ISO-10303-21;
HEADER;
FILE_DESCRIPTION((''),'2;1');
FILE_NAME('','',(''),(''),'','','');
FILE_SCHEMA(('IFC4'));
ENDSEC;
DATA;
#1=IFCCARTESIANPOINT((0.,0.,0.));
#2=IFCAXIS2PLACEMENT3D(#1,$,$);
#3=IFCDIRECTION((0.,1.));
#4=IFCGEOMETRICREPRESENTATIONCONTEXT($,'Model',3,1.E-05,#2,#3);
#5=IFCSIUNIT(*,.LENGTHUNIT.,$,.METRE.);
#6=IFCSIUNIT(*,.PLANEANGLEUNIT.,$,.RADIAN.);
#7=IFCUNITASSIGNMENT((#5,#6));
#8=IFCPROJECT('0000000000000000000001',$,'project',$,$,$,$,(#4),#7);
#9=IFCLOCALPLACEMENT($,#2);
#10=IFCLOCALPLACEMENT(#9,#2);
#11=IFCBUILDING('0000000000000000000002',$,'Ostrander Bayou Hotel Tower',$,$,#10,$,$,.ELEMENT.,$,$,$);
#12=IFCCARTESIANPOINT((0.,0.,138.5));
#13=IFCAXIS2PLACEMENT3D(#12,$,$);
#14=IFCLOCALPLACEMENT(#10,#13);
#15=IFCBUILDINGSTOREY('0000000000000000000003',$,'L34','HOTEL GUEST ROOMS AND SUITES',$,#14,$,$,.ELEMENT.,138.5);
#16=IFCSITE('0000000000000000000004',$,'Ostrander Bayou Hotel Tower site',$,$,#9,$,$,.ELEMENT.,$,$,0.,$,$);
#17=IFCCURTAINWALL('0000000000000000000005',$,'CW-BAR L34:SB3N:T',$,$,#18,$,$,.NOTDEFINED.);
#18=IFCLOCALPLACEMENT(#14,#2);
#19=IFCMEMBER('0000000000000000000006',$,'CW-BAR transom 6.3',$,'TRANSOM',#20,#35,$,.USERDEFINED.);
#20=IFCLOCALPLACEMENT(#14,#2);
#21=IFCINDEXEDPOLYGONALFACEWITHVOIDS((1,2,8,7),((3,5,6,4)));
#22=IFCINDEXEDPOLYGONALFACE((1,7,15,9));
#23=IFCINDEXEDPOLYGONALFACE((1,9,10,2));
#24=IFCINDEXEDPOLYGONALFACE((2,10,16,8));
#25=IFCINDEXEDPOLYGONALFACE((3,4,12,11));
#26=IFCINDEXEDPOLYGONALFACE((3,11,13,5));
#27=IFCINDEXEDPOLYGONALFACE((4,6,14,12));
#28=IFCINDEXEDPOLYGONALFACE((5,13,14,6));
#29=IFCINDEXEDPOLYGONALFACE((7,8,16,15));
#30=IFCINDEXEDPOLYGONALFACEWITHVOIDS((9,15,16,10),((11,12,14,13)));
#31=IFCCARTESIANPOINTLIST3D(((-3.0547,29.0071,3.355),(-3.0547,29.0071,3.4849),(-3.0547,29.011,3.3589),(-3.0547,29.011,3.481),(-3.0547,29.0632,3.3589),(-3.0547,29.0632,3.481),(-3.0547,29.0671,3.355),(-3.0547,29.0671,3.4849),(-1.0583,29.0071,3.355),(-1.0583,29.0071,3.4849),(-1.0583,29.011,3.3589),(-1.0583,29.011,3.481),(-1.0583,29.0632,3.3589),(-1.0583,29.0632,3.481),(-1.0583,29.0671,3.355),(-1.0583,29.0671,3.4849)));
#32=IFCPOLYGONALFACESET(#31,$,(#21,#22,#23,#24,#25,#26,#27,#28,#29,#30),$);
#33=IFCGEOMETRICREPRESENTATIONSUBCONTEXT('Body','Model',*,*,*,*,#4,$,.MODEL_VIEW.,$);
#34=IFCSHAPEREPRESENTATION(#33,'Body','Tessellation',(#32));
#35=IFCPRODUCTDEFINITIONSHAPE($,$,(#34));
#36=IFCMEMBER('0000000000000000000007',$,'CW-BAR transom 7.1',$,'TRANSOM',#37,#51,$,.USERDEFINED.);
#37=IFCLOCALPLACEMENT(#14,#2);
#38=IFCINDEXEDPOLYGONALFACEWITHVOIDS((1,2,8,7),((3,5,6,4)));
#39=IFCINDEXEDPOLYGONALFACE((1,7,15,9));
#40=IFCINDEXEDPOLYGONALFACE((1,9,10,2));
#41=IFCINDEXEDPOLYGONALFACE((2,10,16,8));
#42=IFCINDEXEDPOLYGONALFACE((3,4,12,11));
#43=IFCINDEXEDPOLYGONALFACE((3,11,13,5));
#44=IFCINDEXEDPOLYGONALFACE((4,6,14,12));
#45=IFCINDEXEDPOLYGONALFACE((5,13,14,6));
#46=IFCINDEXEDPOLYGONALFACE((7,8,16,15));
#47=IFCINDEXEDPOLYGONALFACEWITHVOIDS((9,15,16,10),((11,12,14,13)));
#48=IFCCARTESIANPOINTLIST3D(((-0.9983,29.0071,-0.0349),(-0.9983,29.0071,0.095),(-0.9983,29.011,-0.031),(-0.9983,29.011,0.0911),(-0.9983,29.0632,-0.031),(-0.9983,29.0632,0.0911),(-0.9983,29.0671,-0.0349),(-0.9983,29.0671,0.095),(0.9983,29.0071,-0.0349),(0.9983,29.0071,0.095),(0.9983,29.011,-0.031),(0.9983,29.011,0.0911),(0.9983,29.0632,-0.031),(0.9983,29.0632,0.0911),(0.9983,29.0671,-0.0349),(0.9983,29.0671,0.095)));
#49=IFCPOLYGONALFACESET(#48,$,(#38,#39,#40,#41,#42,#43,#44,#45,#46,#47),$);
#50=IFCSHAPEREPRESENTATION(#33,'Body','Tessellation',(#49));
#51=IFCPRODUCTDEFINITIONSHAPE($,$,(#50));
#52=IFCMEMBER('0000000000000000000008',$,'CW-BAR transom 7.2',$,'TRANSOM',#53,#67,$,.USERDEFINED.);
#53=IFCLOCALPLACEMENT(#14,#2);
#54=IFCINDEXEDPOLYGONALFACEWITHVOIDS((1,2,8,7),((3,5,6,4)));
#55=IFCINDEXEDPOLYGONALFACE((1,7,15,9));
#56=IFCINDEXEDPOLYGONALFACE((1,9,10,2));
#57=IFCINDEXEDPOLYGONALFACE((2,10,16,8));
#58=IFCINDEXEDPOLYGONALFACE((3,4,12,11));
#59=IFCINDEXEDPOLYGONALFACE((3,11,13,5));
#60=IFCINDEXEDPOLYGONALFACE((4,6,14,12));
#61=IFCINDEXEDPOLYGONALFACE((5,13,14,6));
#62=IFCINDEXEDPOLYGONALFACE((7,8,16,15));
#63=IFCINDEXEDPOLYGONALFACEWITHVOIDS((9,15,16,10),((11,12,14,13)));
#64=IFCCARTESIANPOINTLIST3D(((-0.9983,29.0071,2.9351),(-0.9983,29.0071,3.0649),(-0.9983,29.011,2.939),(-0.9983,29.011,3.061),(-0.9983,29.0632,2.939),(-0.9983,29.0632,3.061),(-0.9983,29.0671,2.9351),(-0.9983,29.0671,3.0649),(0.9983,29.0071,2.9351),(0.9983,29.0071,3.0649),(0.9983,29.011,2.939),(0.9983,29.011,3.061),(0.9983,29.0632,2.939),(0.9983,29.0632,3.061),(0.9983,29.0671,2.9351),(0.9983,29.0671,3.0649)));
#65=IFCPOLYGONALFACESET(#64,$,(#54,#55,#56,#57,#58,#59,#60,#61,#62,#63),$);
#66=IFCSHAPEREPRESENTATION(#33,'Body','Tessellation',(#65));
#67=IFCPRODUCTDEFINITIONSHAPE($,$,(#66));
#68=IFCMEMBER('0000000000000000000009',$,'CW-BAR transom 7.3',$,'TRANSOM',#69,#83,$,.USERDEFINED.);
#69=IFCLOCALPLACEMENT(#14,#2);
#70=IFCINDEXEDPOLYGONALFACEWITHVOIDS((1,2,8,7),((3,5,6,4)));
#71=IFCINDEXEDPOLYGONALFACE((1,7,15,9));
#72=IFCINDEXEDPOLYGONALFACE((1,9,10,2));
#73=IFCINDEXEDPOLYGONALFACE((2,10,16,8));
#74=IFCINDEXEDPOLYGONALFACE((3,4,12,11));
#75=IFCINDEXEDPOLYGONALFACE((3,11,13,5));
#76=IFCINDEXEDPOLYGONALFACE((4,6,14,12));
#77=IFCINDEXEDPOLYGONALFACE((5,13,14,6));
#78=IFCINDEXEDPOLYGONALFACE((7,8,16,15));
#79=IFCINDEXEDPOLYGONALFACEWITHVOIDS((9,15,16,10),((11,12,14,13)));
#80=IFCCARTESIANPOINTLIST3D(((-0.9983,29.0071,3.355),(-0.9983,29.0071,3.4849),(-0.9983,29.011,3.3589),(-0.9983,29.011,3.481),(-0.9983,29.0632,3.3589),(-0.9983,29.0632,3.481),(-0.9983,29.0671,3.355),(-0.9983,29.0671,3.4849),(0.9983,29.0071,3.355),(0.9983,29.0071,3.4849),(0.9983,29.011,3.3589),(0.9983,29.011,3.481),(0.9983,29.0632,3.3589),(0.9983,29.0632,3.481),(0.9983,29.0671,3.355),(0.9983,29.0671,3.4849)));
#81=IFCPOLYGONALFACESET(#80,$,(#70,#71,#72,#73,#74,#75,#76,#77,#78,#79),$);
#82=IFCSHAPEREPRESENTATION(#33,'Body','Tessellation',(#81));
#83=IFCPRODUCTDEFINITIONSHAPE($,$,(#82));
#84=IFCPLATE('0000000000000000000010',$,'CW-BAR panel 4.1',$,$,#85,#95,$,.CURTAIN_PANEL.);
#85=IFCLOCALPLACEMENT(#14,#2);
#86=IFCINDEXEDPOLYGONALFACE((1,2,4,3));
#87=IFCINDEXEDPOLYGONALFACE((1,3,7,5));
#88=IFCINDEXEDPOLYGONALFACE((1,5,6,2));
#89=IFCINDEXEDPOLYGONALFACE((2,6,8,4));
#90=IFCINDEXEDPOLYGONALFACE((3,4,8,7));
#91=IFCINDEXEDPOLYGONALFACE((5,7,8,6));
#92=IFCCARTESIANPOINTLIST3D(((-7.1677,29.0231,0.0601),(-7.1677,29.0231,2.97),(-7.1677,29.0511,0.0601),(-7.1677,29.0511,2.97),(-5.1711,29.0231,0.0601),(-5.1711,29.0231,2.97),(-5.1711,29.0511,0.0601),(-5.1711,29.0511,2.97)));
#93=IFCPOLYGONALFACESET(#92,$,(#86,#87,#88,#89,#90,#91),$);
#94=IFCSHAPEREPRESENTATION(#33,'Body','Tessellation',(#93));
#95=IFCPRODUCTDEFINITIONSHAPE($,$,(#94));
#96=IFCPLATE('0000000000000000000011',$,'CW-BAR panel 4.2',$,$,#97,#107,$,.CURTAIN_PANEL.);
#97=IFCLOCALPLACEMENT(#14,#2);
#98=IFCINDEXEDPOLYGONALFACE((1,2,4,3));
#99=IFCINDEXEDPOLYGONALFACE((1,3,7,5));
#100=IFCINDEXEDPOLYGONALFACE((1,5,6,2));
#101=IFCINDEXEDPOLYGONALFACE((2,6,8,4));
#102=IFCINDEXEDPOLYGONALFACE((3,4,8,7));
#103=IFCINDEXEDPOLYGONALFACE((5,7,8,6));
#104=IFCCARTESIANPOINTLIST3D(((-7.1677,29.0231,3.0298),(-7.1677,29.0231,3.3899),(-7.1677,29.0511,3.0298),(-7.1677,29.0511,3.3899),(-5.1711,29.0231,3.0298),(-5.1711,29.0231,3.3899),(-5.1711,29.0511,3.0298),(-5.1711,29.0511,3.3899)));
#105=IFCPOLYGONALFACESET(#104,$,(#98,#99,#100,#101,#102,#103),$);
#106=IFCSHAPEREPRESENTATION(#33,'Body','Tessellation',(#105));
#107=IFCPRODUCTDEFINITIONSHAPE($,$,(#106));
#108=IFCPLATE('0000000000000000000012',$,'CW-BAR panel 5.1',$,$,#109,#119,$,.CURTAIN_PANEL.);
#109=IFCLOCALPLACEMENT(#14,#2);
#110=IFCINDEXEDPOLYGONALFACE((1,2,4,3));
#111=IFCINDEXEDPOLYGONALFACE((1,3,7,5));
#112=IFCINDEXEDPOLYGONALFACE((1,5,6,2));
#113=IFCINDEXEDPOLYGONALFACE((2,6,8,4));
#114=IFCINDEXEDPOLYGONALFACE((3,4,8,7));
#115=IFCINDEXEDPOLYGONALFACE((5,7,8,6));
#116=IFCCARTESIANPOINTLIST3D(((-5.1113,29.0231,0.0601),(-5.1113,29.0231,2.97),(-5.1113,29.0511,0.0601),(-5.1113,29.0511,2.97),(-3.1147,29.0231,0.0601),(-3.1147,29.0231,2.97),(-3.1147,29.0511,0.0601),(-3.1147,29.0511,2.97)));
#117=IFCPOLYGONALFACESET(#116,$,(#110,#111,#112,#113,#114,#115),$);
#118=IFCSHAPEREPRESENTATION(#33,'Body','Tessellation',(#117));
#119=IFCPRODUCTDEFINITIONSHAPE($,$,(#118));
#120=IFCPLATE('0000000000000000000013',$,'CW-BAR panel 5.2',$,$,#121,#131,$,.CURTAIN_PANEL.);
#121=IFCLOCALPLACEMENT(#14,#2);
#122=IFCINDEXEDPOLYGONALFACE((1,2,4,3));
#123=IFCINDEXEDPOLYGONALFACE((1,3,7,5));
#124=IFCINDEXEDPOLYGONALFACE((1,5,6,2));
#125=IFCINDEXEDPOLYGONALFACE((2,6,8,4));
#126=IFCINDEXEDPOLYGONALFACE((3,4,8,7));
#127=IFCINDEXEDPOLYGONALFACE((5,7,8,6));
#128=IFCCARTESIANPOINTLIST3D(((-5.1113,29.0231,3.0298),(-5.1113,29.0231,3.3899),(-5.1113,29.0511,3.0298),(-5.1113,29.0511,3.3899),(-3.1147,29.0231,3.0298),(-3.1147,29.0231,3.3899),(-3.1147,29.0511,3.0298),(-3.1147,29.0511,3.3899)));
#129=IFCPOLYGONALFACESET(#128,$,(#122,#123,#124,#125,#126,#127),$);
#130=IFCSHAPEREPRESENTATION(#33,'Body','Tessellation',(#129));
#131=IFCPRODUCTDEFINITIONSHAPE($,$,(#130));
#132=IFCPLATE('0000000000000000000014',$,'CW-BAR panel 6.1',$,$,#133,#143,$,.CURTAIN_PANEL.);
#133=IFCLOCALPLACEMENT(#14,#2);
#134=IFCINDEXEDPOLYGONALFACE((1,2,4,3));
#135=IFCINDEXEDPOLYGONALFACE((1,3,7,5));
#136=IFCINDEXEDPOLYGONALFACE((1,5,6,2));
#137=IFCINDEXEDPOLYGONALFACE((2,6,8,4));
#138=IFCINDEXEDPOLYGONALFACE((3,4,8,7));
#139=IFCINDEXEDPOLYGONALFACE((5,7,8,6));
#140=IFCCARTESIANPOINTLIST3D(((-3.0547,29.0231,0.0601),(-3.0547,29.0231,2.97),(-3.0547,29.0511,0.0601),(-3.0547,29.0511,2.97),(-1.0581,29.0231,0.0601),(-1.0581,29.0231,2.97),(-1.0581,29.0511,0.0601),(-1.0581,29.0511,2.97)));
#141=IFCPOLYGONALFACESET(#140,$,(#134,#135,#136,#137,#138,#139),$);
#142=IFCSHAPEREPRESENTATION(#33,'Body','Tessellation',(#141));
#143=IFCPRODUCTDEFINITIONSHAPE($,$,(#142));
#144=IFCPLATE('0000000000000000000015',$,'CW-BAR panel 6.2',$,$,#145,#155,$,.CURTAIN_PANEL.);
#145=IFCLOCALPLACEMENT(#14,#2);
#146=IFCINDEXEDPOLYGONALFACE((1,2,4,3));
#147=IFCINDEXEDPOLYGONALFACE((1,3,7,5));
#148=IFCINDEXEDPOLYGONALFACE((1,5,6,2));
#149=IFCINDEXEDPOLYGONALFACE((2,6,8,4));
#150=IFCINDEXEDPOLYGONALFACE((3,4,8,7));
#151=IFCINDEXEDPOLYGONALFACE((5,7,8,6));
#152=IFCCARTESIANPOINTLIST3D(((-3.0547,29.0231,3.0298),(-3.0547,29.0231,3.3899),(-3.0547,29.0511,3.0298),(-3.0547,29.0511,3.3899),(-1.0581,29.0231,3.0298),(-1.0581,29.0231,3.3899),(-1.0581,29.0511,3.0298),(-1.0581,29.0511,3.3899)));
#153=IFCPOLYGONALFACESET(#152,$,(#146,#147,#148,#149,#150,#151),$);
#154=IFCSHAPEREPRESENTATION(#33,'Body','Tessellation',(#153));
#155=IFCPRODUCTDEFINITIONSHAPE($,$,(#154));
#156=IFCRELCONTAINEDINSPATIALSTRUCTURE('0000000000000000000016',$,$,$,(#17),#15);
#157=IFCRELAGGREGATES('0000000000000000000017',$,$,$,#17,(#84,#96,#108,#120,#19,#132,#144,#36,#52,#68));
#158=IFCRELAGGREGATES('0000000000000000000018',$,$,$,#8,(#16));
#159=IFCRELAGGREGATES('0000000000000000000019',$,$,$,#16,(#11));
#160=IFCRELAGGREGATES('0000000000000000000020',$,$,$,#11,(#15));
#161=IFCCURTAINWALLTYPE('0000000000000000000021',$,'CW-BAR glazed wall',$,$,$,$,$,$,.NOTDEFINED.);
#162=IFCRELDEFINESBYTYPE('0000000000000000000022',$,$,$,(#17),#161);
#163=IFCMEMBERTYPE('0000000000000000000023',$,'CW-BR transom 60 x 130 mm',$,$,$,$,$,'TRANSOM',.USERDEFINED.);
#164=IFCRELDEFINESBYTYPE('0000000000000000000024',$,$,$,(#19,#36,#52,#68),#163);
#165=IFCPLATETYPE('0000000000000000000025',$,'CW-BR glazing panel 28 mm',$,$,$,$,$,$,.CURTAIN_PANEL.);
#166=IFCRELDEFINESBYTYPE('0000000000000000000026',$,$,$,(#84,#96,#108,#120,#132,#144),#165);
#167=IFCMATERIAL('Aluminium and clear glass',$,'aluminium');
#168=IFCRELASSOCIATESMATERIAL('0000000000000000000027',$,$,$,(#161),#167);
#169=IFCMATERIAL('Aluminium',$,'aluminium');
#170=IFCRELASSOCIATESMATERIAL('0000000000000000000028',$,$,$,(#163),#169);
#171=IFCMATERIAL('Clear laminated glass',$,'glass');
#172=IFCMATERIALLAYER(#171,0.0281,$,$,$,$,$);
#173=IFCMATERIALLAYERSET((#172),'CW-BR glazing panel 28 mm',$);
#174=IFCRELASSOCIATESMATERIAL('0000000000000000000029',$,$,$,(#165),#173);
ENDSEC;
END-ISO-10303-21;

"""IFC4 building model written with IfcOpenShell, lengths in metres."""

from ifc_helpers import new_model, si_unit, direction, frame, origin, origin_2d, place, context, subcontext, project, spatial, rectangle, hollow_rectangle, extrude, material, layer, layer_set, material_profile, profile_set, type_object, element, aggregate, save


model = new_model("IFC4")

# Units and contexts
model_context = context("Model", 3, precision=1e-05, world=origin(), true_north=direction((0.0, 1.0)))
body_context = subcontext(model_context, "Body", "Model", "MODEL_VIEW")
ifc_project = project(units=[si_unit("LENGTHUNIT", "METRE"), si_unit("PLANEANGLEUNIT", "RADIAN")], contexts=[model_context])

# Site, building, storey
site_placement = place(None, origin())
site = spatial("IfcSite", under=ifc_project, at=site_placement, Name="Ostrander Bayou Hotel Tower site", CompositionType="ELEMENT", RefElevation=0.0)
building_placement = place(site_placement, origin())
building = spatial("IfcBuilding", under=site, at=building_placement, Name="Ostrander Bayou Hotel Tower", CompositionType="ELEMENT")
storey_placement = place(building_placement, frame((0.0, 0.0, 138.5)))
storey = spatial("IfcBuildingStorey", under=building, at=storey_placement, Name="L34", Description="HOTEL GUEST ROOMS AND SUITES", CompositionType="ELEMENT", Elevation=138.5)

# Curtain wall, members, plates
ifc_material_1 = material(Name="Aluminium and clear glass", Category="aluminium")
curtain_wall_type = type_object("IfcCurtainWallType", Name="CW-BAR glazed wall", PredefinedType="NOTDEFINED", material=ifc_material_1)
curtain_wall_placement = place(storey_placement, origin())
curtain_wall = element("IfcCurtainWall", 1, at=curtain_wall_placement, inside=storey, type_object=curtain_wall_type, Name="CW-BAR L34:SB3N:T", PredefinedType="NOTDEFINED")
ifc_material_2 = material(Name="Aluminium", Category="aluminium")
ifc_material_profile_1 = material_profile(ifc_material_2, hollow_rectangle(XDim=0.0601, YDim=0.1299, WallThickness=0.0039, at=origin_2d()))
ifc_profile_set_1 = profile_set([ifc_material_profile_1], Name="Aluminium")
member_type_1 = type_object("IfcMemberType", Name="CW-BR transom 60 x 130 mm", ElementType="TRANSOM", PredefinedType="USERDEFINED", material=ifc_profile_set_1)
member_1_placement = place(storey_placement, frame((-3.0547, 29.0371, 3.4199), z_axis=(1.0, 0.0, 0.0), x_axis=(0.0, 1.0, 0.0)))
member_1 = element("IfcMember", 2, at=member_1_placement, type_object=member_type_1, Name="CW-BAR transom 6.3", ObjectType="TRANSOM", PredefinedType="USERDEFINED", context=body_context, shape_type="SweptSolid", body=[
    extrude(hollow_rectangle(XDim=0.0601, YDim=0.1299, WallThickness=0.0039, at=origin_2d()), origin(), (0.0, 0.0, 1.0), 1.9963),
])
member_2_placement = place(storey_placement, frame((-0.9983, 29.0371, 0.03), z_axis=(1.0, 0.0, 0.0), x_axis=(0.0, 1.0, 0.0)))
member_2 = element("IfcMember", 3, at=member_2_placement, type_object=member_type_1, Name="CW-BAR transom 7.1", ObjectType="TRANSOM", PredefinedType="USERDEFINED", context=body_context, shape_type="SweptSolid", body=[
    extrude(hollow_rectangle(XDim=0.0601, YDim=0.1299, WallThickness=0.0039, at=origin_2d()), origin(), (0.0, 0.0, 1.0), 1.9966),
])
member_3_placement = place(storey_placement, frame((-0.9983, 29.0371, 3.0), z_axis=(1.0, 0.0, 0.0), x_axis=(0.0, 1.0, 0.0)))
member_3 = element("IfcMember", 4, at=member_3_placement, type_object=member_type_1, Name="CW-BAR transom 7.2", ObjectType="TRANSOM", PredefinedType="USERDEFINED", context=body_context, shape_type="SweptSolid", body=[
    extrude(hollow_rectangle(XDim=0.0601, YDim=0.1299, WallThickness=0.0039, at=origin_2d()), origin(), (0.0, 0.0, 1.0), 1.9966),
])
member_4_placement = place(storey_placement, frame((-0.9983, 29.0371, 3.4199), z_axis=(1.0, 0.0, 0.0), x_axis=(0.0, 1.0, 0.0)))
member_4 = element("IfcMember", 5, at=member_4_placement, type_object=member_type_1, Name="CW-BAR transom 7.3", ObjectType="TRANSOM", PredefinedType="USERDEFINED", context=body_context, shape_type="SweptSolid", body=[
    extrude(hollow_rectangle(XDim=0.0601, YDim=0.1299, WallThickness=0.0039, at=origin_2d()), origin(), (0.0, 0.0, 1.0), 1.9966),
])
ifc_material_3 = material(Name="Clear laminated glass", Category="glass")
ifc_layer = layer(ifc_material_3, 0.0281)
ifc_layer_set = layer_set([ifc_layer], Name="CW-BR glazing panel 28 mm")
plate_type = type_object("IfcPlateType", Name="CW-BR glazing panel 28 mm", PredefinedType="CURTAIN_PANEL", material=ifc_layer_set)
plate_1_placement = place(storey_placement, frame((-6.1694, 29.0371, 0.0601), z_axis=(0.0, 0.0, 1.0), x_axis=(1.0, 0.0, 0.0)))
plate_1 = element("IfcPlate", 6, at=plate_1_placement, type_object=plate_type, Name="CW-BAR panel 4.1", PredefinedType="CURTAIN_PANEL", context=body_context, shape_type="SweptSolid", body=[
    extrude(rectangle(XDim=1.9966, YDim=0.0281, at=origin_2d()), origin(), (0.0, 0.0, 1.0), 2.9099),
])
plate_2_placement = place(storey_placement, frame((-6.1694, 29.0371, 3.0298), z_axis=(0.0, 0.0, 1.0), x_axis=(1.0, 0.0, 0.0)))
plate_2 = element("IfcPlate", 7, at=plate_2_placement, type_object=plate_type, Name="CW-BAR panel 4.2", PredefinedType="CURTAIN_PANEL", context=body_context, shape_type="SweptSolid", body=[
    extrude(rectangle(XDim=1.9966, YDim=0.0281, at=origin_2d()), origin(), (0.0, 0.0, 1.0), 0.3601),
])
plate_3_placement = place(storey_placement, frame((-4.113, 29.0371, 0.0601), z_axis=(0.0, 0.0, 1.0), x_axis=(1.0, 0.0, 0.0)))
plate_3 = element("IfcPlate", 8, at=plate_3_placement, type_object=plate_type, Name="CW-BAR panel 5.1", PredefinedType="CURTAIN_PANEL", context=body_context, shape_type="SweptSolid", body=[
    extrude(rectangle(XDim=1.9966, YDim=0.0281, at=origin_2d()), origin(), (0.0, 0.0, 1.0), 2.9099),
])
plate_4_placement = place(storey_placement, frame((-4.113, 29.0371, 3.0298), z_axis=(0.0, 0.0, 1.0), x_axis=(1.0, 0.0, 0.0)))
plate_4 = element("IfcPlate", 9, at=plate_4_placement, type_object=plate_type, Name="CW-BAR panel 5.2", PredefinedType="CURTAIN_PANEL", context=body_context, shape_type="SweptSolid", body=[
    extrude(rectangle(XDim=1.9966, YDim=0.0281, at=origin_2d()), origin(), (0.0, 0.0, 1.0), 0.3601),
])
plate_5_placement = place(storey_placement, frame((-2.0564, 29.0371, 0.0601), z_axis=(0.0, 0.0, 1.0), x_axis=(1.0, 0.0, 0.0)))
plate_5 = element("IfcPlate", 10, at=plate_5_placement, type_object=plate_type, Name="CW-BAR panel 6.1", PredefinedType="CURTAIN_PANEL", context=body_context, shape_type="SweptSolid", body=[
    extrude(rectangle(XDim=1.9966, YDim=0.0281, at=origin_2d()), origin(), (0.0, 0.0, 1.0), 2.9099),
])
plate_6_placement = place(storey_placement, frame((-2.0564, 29.0371, 3.0298), z_axis=(0.0, 0.0, 1.0), x_axis=(1.0, 0.0, 0.0)))
plate_6 = element("IfcPlate", 11, at=plate_6_placement, type_object=plate_type, Name="CW-BAR panel 6.2", PredefinedType="CURTAIN_PANEL", context=body_context, shape_type="SweptSolid", body=[
    extrude(rectangle(XDim=1.9966, YDim=0.0281, at=origin_2d()), origin(), (0.0, 0.0, 1.0), 0.3601),
])
aggregate(curtain_wall, [plate_1, plate_2, plate_3, plate_4, member_1, plate_5, plate_6, member_2, member_3, member_4])

save(model, "model.ifc")
